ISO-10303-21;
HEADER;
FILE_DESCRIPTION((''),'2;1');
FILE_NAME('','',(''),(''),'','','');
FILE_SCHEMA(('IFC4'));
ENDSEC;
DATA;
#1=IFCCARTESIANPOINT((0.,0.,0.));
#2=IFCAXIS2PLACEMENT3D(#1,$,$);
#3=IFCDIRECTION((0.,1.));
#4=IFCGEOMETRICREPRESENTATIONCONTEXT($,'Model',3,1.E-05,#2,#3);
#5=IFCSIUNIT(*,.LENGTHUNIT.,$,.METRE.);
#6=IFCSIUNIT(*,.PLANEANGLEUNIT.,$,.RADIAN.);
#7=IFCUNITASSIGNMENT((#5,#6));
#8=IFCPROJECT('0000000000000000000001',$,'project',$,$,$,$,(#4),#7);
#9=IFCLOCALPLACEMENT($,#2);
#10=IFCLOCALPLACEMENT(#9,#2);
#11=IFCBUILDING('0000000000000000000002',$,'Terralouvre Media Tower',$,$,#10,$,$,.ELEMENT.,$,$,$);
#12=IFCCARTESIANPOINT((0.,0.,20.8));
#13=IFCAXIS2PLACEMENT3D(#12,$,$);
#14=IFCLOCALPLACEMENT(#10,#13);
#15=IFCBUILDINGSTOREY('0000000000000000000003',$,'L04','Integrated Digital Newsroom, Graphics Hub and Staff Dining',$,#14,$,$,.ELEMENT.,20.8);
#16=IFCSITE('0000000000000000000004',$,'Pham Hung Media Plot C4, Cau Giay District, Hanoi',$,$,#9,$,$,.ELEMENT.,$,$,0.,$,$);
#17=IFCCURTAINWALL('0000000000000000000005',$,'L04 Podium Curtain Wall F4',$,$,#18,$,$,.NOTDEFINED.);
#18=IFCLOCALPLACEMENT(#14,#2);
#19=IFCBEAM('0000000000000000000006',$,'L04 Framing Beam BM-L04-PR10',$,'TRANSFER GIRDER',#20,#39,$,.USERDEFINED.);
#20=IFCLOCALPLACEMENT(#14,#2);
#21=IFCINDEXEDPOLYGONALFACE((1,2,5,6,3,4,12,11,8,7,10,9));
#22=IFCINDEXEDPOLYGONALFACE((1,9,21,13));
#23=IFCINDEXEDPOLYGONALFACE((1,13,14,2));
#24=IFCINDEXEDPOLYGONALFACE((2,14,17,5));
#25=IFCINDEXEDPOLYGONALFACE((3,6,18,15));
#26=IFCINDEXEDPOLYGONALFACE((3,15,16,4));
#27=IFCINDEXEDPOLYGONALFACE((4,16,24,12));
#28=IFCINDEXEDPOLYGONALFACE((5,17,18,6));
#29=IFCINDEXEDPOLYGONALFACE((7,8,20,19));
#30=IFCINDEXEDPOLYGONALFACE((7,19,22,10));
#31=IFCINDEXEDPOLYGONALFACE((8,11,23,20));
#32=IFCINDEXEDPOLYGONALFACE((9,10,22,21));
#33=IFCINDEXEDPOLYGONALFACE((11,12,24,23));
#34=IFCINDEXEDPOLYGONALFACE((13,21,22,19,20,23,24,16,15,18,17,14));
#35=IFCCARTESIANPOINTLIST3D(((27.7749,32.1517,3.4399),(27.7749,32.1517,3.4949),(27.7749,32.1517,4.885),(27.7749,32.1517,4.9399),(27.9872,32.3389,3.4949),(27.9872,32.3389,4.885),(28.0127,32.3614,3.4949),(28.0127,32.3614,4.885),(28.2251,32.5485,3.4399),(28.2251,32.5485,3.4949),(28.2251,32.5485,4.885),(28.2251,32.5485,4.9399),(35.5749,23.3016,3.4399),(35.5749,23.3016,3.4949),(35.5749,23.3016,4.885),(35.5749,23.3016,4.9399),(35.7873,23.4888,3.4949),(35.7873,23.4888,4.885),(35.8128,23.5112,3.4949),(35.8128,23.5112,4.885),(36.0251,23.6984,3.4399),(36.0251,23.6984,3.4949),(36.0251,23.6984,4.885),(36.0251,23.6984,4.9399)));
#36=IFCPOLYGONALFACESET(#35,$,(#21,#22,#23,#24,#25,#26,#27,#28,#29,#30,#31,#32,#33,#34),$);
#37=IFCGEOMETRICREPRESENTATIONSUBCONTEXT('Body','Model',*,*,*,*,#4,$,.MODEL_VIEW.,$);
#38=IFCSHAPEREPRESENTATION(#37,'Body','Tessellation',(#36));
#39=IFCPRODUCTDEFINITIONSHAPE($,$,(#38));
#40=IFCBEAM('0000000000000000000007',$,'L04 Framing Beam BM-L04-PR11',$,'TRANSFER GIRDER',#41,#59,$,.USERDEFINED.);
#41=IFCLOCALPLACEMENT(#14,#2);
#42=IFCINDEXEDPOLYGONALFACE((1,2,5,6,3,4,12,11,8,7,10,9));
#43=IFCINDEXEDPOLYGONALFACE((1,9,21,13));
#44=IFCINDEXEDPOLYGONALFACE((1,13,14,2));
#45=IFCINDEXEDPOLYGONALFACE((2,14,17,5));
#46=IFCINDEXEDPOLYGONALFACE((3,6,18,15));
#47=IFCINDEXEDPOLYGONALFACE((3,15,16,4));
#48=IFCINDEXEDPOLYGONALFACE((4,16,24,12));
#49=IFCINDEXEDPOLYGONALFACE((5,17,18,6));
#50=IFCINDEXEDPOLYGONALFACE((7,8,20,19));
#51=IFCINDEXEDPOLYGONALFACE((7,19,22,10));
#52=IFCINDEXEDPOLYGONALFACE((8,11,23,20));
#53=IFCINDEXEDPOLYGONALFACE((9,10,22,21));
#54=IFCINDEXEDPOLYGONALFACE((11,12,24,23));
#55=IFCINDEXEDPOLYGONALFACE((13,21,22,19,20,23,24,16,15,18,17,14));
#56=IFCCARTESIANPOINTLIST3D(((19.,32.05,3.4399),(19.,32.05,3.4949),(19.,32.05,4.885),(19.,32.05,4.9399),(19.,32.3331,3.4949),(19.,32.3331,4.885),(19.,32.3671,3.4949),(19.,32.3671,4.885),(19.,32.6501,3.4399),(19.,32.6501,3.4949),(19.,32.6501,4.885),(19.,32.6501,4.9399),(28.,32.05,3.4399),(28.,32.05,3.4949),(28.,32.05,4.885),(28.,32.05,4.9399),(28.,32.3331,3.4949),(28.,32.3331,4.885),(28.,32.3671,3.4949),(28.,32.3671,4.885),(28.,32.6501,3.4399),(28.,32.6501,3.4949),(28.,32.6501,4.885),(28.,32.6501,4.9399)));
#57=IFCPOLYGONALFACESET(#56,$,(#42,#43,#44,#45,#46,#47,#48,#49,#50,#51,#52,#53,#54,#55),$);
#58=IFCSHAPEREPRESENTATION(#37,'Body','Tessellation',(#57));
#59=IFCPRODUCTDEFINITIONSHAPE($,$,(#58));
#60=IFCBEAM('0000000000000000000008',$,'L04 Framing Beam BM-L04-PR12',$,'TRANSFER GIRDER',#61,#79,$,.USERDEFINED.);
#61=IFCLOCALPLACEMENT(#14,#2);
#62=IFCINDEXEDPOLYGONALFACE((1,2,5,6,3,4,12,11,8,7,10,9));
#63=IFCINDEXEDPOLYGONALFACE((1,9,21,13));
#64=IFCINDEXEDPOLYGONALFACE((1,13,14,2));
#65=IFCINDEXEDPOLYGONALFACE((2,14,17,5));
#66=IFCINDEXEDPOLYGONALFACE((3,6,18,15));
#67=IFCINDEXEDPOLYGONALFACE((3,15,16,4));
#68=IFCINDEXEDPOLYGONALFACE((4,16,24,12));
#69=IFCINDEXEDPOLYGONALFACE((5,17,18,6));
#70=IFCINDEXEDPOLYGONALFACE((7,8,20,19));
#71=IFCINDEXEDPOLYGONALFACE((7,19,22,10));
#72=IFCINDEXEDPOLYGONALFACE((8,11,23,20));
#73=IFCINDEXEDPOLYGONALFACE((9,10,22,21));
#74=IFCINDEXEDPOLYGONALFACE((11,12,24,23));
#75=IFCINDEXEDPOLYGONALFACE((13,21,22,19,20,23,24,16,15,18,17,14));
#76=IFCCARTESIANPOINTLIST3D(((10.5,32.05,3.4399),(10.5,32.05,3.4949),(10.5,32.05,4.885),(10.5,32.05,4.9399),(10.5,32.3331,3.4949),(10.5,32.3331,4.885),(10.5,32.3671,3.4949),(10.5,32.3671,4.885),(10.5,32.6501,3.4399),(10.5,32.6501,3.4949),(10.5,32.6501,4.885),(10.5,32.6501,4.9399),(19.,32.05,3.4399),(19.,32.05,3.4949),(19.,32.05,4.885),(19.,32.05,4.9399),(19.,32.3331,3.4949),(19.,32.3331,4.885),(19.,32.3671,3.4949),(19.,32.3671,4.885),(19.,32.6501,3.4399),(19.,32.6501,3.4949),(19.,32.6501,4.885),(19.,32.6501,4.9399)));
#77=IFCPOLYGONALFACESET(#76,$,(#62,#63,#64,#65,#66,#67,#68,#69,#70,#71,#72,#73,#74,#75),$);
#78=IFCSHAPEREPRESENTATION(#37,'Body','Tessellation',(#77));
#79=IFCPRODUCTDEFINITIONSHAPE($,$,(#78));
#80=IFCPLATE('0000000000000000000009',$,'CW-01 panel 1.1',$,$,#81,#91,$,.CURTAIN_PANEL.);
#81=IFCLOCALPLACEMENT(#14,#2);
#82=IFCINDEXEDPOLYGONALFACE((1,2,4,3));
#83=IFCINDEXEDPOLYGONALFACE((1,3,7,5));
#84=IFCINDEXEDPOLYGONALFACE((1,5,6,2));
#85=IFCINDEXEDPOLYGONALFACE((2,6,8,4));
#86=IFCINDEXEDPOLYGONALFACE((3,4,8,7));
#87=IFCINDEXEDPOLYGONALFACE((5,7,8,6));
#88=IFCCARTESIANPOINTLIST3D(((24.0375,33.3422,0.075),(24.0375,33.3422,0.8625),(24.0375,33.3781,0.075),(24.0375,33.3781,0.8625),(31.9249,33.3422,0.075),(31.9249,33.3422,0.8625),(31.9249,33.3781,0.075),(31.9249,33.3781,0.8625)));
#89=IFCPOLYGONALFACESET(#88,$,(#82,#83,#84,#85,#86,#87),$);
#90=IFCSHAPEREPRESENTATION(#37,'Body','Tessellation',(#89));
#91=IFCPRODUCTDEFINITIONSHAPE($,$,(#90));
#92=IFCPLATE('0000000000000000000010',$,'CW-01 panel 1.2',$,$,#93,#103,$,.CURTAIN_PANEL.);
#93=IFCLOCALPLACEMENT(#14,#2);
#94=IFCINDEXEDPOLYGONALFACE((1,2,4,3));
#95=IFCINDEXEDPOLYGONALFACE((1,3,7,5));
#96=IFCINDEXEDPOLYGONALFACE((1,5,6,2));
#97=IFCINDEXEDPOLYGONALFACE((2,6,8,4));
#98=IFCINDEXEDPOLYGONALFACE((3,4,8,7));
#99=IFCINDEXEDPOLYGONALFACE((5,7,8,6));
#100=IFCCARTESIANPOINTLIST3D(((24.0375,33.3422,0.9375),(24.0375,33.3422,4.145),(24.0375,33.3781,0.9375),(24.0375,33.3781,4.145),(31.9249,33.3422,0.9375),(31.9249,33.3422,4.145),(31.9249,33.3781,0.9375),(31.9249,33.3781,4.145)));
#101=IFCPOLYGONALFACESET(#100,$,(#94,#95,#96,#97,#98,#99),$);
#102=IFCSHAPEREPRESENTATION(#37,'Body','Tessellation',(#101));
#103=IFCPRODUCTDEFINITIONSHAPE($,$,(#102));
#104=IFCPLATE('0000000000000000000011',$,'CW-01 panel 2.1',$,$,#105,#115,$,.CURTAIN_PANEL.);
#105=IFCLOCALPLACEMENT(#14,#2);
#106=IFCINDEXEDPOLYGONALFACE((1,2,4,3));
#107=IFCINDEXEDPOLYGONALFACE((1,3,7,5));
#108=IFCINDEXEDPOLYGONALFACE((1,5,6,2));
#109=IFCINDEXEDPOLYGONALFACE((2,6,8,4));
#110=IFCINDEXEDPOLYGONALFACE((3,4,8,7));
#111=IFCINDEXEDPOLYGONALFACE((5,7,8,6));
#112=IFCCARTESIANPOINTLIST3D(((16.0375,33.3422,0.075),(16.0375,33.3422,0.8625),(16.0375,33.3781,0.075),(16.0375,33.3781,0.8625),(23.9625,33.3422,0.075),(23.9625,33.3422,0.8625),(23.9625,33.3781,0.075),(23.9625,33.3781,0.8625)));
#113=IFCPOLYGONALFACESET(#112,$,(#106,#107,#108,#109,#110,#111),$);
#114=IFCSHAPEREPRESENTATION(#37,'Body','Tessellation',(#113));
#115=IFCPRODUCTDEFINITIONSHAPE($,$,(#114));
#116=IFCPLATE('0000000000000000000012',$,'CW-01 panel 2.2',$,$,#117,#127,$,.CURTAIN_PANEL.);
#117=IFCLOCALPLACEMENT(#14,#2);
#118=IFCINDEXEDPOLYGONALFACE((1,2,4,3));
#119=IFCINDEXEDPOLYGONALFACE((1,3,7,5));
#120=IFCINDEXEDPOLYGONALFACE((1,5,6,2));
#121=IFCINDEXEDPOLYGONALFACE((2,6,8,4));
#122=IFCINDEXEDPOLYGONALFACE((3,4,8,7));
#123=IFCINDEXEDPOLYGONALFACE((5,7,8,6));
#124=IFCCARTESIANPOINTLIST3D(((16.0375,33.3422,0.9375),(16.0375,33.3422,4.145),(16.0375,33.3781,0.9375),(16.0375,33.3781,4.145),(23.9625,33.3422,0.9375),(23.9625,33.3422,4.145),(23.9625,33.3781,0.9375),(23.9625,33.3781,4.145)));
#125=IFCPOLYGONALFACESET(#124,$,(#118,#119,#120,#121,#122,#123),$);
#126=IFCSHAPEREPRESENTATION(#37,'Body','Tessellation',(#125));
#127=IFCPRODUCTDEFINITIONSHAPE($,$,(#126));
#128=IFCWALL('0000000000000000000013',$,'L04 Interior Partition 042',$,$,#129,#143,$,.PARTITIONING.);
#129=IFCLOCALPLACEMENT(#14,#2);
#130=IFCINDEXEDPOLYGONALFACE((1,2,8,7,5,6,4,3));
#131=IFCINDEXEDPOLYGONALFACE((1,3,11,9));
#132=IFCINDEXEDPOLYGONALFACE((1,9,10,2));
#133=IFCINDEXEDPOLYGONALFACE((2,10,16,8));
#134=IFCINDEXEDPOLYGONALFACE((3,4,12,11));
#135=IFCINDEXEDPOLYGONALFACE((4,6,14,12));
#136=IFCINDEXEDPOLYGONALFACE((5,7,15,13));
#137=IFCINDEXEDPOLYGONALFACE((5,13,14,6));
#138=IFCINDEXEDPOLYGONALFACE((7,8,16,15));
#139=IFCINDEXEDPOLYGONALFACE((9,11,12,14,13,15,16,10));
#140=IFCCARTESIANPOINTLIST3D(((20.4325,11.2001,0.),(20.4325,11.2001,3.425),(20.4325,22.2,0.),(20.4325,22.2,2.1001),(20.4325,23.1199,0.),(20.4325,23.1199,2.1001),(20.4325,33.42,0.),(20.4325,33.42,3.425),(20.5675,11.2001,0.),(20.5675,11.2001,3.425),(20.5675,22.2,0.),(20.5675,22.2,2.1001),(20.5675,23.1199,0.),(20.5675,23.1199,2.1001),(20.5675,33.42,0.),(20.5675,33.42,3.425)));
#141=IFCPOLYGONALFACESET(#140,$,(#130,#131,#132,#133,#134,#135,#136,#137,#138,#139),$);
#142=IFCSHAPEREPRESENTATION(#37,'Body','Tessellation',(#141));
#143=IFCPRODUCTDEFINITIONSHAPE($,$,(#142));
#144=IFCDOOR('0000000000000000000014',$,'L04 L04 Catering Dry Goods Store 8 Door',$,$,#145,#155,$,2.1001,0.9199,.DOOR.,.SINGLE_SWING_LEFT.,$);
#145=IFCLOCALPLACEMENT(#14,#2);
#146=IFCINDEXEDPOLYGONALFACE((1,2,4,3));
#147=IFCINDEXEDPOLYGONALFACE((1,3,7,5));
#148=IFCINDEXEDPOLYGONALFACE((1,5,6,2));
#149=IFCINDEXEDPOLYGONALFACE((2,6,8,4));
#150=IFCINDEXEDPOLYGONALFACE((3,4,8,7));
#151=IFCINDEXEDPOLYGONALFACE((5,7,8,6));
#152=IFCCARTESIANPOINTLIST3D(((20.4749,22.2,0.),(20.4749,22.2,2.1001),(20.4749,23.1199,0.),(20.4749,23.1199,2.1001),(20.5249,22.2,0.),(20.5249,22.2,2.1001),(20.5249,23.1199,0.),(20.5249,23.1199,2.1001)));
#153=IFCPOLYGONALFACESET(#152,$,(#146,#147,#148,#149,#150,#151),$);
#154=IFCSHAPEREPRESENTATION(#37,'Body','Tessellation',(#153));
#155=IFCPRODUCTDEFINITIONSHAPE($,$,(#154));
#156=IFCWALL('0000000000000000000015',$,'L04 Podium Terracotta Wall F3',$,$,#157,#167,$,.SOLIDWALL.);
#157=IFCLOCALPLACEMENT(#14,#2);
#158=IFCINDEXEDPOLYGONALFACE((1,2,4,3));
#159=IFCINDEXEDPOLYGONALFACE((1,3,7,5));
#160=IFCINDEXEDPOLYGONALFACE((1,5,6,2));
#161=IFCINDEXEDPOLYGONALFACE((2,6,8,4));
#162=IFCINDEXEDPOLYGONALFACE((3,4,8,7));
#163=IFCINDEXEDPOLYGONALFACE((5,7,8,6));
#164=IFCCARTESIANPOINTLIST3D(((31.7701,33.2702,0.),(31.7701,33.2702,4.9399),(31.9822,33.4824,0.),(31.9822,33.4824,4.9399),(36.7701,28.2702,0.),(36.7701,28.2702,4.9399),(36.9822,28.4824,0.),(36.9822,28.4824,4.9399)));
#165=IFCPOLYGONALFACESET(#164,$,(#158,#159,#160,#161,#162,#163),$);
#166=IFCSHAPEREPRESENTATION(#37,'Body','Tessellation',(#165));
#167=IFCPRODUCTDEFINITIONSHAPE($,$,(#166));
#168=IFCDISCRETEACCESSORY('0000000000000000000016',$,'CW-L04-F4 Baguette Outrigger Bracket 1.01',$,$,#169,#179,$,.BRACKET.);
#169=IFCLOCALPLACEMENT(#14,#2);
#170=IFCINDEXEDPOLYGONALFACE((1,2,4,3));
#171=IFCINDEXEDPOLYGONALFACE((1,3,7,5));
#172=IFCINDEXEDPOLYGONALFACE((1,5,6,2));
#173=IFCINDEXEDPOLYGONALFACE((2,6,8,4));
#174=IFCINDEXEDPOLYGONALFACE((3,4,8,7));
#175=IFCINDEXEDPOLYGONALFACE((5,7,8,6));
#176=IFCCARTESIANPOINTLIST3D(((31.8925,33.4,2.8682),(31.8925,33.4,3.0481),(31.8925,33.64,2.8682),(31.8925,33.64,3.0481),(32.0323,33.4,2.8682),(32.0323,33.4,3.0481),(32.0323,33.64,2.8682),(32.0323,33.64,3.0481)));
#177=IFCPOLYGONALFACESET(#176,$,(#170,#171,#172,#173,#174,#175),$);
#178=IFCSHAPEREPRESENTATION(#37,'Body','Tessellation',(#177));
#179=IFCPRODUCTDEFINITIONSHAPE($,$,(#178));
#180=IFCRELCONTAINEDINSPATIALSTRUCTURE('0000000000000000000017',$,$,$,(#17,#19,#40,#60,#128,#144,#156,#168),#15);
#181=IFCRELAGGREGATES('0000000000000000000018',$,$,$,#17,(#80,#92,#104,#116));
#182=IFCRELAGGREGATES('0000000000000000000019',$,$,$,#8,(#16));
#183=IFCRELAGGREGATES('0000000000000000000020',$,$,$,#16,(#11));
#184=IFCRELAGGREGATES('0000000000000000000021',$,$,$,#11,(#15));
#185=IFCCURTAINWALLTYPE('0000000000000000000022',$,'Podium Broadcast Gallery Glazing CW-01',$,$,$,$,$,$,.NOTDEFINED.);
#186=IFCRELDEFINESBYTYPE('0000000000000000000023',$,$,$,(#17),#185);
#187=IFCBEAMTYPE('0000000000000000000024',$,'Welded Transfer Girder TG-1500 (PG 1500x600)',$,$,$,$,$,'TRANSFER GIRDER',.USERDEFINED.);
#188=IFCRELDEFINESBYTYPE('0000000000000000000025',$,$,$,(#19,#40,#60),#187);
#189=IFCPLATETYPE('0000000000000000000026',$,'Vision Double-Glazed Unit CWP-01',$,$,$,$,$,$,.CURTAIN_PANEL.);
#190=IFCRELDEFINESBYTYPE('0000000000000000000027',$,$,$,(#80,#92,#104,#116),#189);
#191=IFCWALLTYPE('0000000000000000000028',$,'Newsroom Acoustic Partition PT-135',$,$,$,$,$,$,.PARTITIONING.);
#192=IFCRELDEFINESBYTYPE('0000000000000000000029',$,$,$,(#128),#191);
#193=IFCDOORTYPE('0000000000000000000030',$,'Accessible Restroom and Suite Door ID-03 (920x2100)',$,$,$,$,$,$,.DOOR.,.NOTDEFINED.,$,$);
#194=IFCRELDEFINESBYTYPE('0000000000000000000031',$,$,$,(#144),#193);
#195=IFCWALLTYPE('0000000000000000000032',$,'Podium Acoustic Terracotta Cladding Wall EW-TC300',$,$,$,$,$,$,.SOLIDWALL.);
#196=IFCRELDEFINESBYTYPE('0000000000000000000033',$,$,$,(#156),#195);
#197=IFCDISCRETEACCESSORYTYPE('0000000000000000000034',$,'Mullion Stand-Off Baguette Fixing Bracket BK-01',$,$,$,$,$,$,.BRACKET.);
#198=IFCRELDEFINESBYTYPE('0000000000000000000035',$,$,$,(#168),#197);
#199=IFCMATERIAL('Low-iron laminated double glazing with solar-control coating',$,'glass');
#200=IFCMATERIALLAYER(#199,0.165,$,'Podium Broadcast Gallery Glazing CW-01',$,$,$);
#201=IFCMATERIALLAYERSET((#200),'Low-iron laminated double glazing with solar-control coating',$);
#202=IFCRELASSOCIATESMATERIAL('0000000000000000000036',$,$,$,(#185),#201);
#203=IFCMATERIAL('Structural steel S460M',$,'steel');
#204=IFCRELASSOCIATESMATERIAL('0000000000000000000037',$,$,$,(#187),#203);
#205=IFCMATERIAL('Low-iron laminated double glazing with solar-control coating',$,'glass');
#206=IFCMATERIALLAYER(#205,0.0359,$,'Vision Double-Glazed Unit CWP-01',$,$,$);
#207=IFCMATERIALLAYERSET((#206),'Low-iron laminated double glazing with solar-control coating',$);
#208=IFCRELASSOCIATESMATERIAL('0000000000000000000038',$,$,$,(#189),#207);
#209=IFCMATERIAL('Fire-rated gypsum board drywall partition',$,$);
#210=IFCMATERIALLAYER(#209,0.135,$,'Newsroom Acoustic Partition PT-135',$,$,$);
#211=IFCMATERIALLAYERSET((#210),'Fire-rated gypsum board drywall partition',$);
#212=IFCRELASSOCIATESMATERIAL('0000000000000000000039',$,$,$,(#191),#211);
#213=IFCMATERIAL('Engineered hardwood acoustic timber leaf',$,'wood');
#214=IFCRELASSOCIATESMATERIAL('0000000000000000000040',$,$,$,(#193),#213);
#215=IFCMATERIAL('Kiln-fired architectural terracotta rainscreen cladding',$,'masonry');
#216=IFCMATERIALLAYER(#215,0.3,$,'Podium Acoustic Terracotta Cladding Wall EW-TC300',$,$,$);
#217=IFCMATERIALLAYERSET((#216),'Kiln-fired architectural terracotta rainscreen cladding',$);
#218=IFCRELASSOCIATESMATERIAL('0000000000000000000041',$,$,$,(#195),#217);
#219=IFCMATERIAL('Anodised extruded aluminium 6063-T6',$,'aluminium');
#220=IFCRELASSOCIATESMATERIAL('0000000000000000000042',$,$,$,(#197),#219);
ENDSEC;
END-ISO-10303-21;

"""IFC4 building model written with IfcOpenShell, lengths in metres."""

from ifc_helpers import new_model, si_unit, direction, frame, frame_2d, origin, origin_2d, place, context, subcontext, project, spatial, rectangle, i_section, extrude, material, layer, layer_set, material_profile, profile_set, type_object, element, fill, aggregate, save


model = new_model("IFC4")

# Units and contexts
model_context = context("Model", 3, precision=1e-05, world=origin(), true_north=direction((0.0, 1.0)))
body_context = subcontext(model_context, "Body", "Model", "MODEL_VIEW")
ifc_project = project(units=[si_unit("LENGTHUNIT", "METRE"), si_unit("PLANEANGLEUNIT", "RADIAN")], contexts=[model_context])

# Site, building, storey
site_placement = place(None, origin())
site = spatial("IfcSite", under=ifc_project, at=site_placement, Name="Pham Hung Media Plot C4, Cau Giay District, Hanoi", CompositionType="ELEMENT", RefElevation=0.0)
building_placement = place(site_placement, origin())
building = spatial("IfcBuilding", under=site, at=building_placement, Name="Terralouvre Media Tower", CompositionType="ELEMENT")
storey_placement = place(building_placement, frame((0.0, 0.0, 20.8)))
storey = spatial("IfcBuildingStorey", under=building, at=storey_placement, Name="L04", Description="Integrated Digital Newsroom, Graphics Hub and Staff Dining", CompositionType="ELEMENT", Elevation=20.8)

# Curtain wall
ifc_material_1 = material(Name="Low-iron laminated double glazing with solar-control coating", Category="glass")
ifc_layer_1 = layer(ifc_material_1, 0.165, Name="Podium Broadcast Gallery Glazing CW-01")
ifc_layer_set_1 = layer_set([ifc_layer_1], Name="Low-iron laminated double glazing with solar-control coating")
curtain_wall_type = type_object("IfcCurtainWallType", Name="Podium Broadcast Gallery Glazing CW-01", PredefinedType="NOTDEFINED", material=ifc_layer_set_1)
curtain_wall_placement = place(storey_placement, origin())
curtain_wall = element("IfcCurtainWall", 1, at=curtain_wall_placement, inside=storey, type_object=curtain_wall_type, Name="L04 Podium Curtain Wall F4", PredefinedType="NOTDEFINED")

# Beams
ifc_material_2 = material(Name="Structural steel S460M", Category="steel")
ifc_material_profile_1 = material_profile(ifc_material_2, i_section(OverallWidth=0.6001, OverallDepth=1.5, WebThickness=0.0339, FlangeThickness=0.0549, at=origin_2d()), Name="PG 1500x600")
ifc_profile_set_1 = profile_set([ifc_material_profile_1], Name="Structural steel S460M")
beam_type_1 = type_object("IfcBeamType", Name="Welded Transfer Girder TG-1500 (PG 1500x600)", ElementType="TRANSFER GIRDER", PredefinedType="USERDEFINED", material=ifc_profile_set_1)
beam_1_placement = place(storey_placement, frame((35.8, 23.5, 4.1899), z_axis=(-0.661199, 0.75021, 0.0), x_axis=(-0.75021, -0.661199, 0.0)))
element("IfcBeam", 2, at=beam_1_placement, inside=storey, type_object=beam_type_1, Name="L04 Framing Beam BM-L04-PR10", ObjectType="TRANSFER GIRDER", PredefinedType="USERDEFINED", context=body_context, shape_type="SweptSolid", body=[
    extrude(i_section(OverallWidth=0.6001, OverallDepth=1.5, WebThickness=0.0339, FlangeThickness=0.0549, at=origin_2d()), origin(), (0.0, 0.0, 1.0), 11.7969),
])
beam_2_placement = place(storey_placement, frame((28.0, 32.3501, 4.1899), z_axis=(-1.0, 0.0, 0.0), x_axis=(0.0, -1.0, 0.0)))
element("IfcBeam", 3, at=beam_2_placement, inside=storey, type_object=beam_type_1, Name="L04 Framing Beam BM-L04-PR11", ObjectType="TRANSFER GIRDER", PredefinedType="USERDEFINED", context=body_context, shape_type="SweptSolid", body=[
    extrude(i_section(OverallWidth=0.6001, OverallDepth=1.5, WebThickness=0.0339, FlangeThickness=0.0549, at=origin_2d()), origin(), (0.0, 0.0, 1.0), 9.0),
])
beam_3_placement = place(storey_placement, frame((19.0, 32.3501, 4.1899), z_axis=(-1.0, 0.0, 0.0), x_axis=(0.0, -1.0, 0.0)))
element("IfcBeam", 4, at=beam_3_placement, inside=storey, type_object=beam_type_1, Name="L04 Framing Beam BM-L04-PR12", ObjectType="TRANSFER GIRDER", PredefinedType="USERDEFINED", context=body_context, shape_type="SweptSolid", body=[
    extrude(i_section(OverallWidth=0.6001, OverallDepth=1.5, WebThickness=0.0339, FlangeThickness=0.0549, at=origin_2d()), origin(), (0.0, 0.0, 1.0), 8.5),
])

# Plates
ifc_material_3 = material(Name="Low-iron laminated double glazing with solar-control coating", Category="glass")
ifc_layer_2 = layer(ifc_material_3, 0.0359, Name="Vision Double-Glazed Unit CWP-01")
ifc_layer_set_2 = layer_set([ifc_layer_2], Name="Low-iron laminated double glazing with solar-control coating")
plate_type = type_object("IfcPlateType", Name="Vision Double-Glazed Unit CWP-01", PredefinedType="CURTAIN_PANEL", material=ifc_layer_set_2)
plate_1_placement = place(storey_placement, frame((27.9812, 33.3601, 0.075), z_axis=(0.0, 0.0, 1.0), x_axis=(-1.0, 0.0, 0.0)))
plate_1 = element("IfcPlate", 5, at=plate_1_placement, type_object=plate_type, Name="CW-01 panel 1.1", PredefinedType="CURTAIN_PANEL", context=body_context, shape_type="SweptSolid", body=[
    extrude(rectangle(XDim=7.8875, YDim=0.0359, at=origin_2d()), origin(), (0.0, 0.0, 1.0), 0.7876),
])
plate_2_placement = place(storey_placement, frame((27.9812, 33.3601, 0.9375), z_axis=(0.0, 0.0, 1.0), x_axis=(-1.0, 0.0, 0.0)))
plate_2 = element("IfcPlate", 6, at=plate_2_placement, type_object=plate_type, Name="CW-01 panel 1.2", PredefinedType="CURTAIN_PANEL", context=body_context, shape_type="SweptSolid", body=[
    extrude(rectangle(XDim=7.8875, YDim=0.0359, at=origin_2d()), origin(), (0.0, 0.0, 1.0), 3.2075),
])
plate_3_placement = place(storey_placement, frame((20.0, 33.3601, 0.075), z_axis=(0.0, 0.0, 1.0), x_axis=(-1.0, 0.0, 0.0)))
plate_3 = element("IfcPlate", 7, at=plate_3_placement, type_object=plate_type, Name="CW-01 panel 2.1", PredefinedType="CURTAIN_PANEL", context=body_context, shape_type="SweptSolid", body=[
    extrude(rectangle(XDim=7.925, YDim=0.0359, at=origin_2d()), origin(), (0.0, 0.0, 1.0), 0.7876),
])
plate_4_placement = place(storey_placement, frame((20.0, 33.3601, 0.9375), z_axis=(0.0, 0.0, 1.0), x_axis=(-1.0, 0.0, 0.0)))
plate_4 = element("IfcPlate", 8, at=plate_4_placement, type_object=plate_type, Name="CW-01 panel 2.2", PredefinedType="CURTAIN_PANEL", context=body_context, shape_type="SweptSolid", body=[
    extrude(rectangle(XDim=7.925, YDim=0.0359, at=origin_2d()), origin(), (0.0, 0.0, 1.0), 3.2075),
])
aggregate(curtain_wall, [plate_1, plate_2, plate_3, plate_4])

# Wall, opening, door
ifc_material_4 = material(Name="Fire-rated gypsum board drywall partition")
ifc_layer_3 = layer(ifc_material_4, 0.135, Name="Newsroom Acoustic Partition PT-135")
ifc_layer_set_3 = layer_set([ifc_layer_3], Name="Fire-rated gypsum board drywall partition")
wall_type_1 = type_object("IfcWallType", Name="Newsroom Acoustic Partition PT-135", PredefinedType="PARTITIONING", material=ifc_layer_set_3)
wall_1_placement = place(storey_placement, frame((20.5, 33.4199, 0.0), z_axis=(0.0, 0.0, 1.0), x_axis=(0.0, -1.0, 0.0)))
wall_1 = element("IfcWall", 9, at=wall_1_placement, inside=storey, type_object=wall_type_1, Name="L04 Interior Partition 042", PredefinedType="PARTITIONING", context=body_context, shape_type="SweptSolid", body=[
    extrude(rectangle(XDim=22.22, YDim=0.135, at=frame_2d((11.1099, 0.0))), origin(), (0.0, 0.0, 1.0), 3.425),
])
opening_placement = place(wall_1_placement, frame((10.3, 0.0, 0.0)))
opening = element("IfcOpeningElement", 10, at=opening_placement, cuts=wall_1, PredefinedType="OPENING", context=body_context, shape_type="SweptSolid", body=[
    extrude(rectangle(XDim=0.9199, YDim=2.1001, at=frame_2d((0.46, 1.05))), frame((0.0, 0.0774, 0.0), z_axis=(0.0, -1.0, 0.0), x_axis=(1.0, 0.0, 0.0)), (0.0, 0.0, 1.0), 0.155),
])
ifc_material_5 = material(Name="Engineered hardwood acoustic timber leaf", Category="wood")
door_type = type_object("IfcDoorType", Name="Accessible Restroom and Suite Door ID-03 (920x2100)", OperationType="NOTDEFINED", PredefinedType="DOOR", material=ifc_material_5)
door_placement = place(opening_placement, origin())
door = element("IfcDoor", 11, at=door_placement, inside=storey, type_object=door_type, Name="L04 L04 Catering Dry Goods Store 8 Door", OperationType="SINGLE_SWING_LEFT", OverallHeight=2.1001, OverallWidth=0.9199, PredefinedType="DOOR", context=body_context, shape_type="SweptSolid", body=[
    extrude(rectangle(XDim=0.9199, YDim=2.1001, at=frame_2d((0.46, 1.05))), frame((0.0, 0.0249, 0.0), z_axis=(0.0, -1.0, 0.0), x_axis=(1.0, 0.0, 0.0)), (0.0, 0.0, 1.0), 0.05),
])
fill(opening, door)

# Wall
ifc_material_6 = material(Name="Kiln-fired architectural terracotta rainscreen cladding", Category="masonry")
ifc_layer_4 = layer(ifc_material_6, 0.3, Name="Podium Acoustic Terracotta Cladding Wall EW-TC300")
ifc_layer_set_4 = layer_set([ifc_layer_4], Name="Kiln-fired architectural terracotta rainscreen cladding")
wall_type_2 = type_object("IfcWallType", Name="Podium Acoustic Terracotta Cladding Wall EW-TC300", PredefinedType="SOLIDWALL", material=ifc_layer_set_4)
wall_2_placement = place(storey_placement, frame((36.8762, 28.3762, 0.0), z_axis=(0.0, 0.0, 1.0), x_axis=(-0.707107, 0.707107, 0.0)))
element("IfcWall", 12, at=wall_2_placement, inside=storey, type_object=wall_type_2, Name="L04 Podium Terracotta Wall F3", PredefinedType="SOLIDWALL", context=body_context, shape_type="SweptSolid", body=[
    extrude(rectangle(XDim=7.071, YDim=0.3, at=frame_2d((3.5356, 0.0))), origin(), (0.0, 0.0, 1.0), 4.9399),
])

# Discrete accessory
ifc_material_7 = material(Name="Anodised extruded aluminium 6063-T6", Category="aluminium")
discrete_accessory_type = type_object("IfcDiscreteAccessoryType", Name="Mullion Stand-Off Baguette Fixing Bracket BK-01", PredefinedType="BRACKET", material=ifc_material_7)
for number, where, z_axis, x_axis, name in (
    (13, (31.9624, 33.52, 2.8682), (0.0, 0.0, 1.0), (-1.0, 0.0, 0.0), "CW-L04-F4 Baguette Outrigger Bracket 1.01"),
):
    element("IfcDiscreteAccessory", number, at=place(storey_placement, frame(where, z_axis=z_axis, x_axis=x_axis)), inside=storey, type_object=discrete_accessory_type, Name=name, PredefinedType="BRACKET", context=body_context, shape_type="SweptSolid", body=[
        extrude(rectangle(XDim=0.1399, YDim=0.24, at=origin_2d()), origin(), (0.0, 0.0, 1.0), 0.1799),
    ])

save(model, "model.ifc")
